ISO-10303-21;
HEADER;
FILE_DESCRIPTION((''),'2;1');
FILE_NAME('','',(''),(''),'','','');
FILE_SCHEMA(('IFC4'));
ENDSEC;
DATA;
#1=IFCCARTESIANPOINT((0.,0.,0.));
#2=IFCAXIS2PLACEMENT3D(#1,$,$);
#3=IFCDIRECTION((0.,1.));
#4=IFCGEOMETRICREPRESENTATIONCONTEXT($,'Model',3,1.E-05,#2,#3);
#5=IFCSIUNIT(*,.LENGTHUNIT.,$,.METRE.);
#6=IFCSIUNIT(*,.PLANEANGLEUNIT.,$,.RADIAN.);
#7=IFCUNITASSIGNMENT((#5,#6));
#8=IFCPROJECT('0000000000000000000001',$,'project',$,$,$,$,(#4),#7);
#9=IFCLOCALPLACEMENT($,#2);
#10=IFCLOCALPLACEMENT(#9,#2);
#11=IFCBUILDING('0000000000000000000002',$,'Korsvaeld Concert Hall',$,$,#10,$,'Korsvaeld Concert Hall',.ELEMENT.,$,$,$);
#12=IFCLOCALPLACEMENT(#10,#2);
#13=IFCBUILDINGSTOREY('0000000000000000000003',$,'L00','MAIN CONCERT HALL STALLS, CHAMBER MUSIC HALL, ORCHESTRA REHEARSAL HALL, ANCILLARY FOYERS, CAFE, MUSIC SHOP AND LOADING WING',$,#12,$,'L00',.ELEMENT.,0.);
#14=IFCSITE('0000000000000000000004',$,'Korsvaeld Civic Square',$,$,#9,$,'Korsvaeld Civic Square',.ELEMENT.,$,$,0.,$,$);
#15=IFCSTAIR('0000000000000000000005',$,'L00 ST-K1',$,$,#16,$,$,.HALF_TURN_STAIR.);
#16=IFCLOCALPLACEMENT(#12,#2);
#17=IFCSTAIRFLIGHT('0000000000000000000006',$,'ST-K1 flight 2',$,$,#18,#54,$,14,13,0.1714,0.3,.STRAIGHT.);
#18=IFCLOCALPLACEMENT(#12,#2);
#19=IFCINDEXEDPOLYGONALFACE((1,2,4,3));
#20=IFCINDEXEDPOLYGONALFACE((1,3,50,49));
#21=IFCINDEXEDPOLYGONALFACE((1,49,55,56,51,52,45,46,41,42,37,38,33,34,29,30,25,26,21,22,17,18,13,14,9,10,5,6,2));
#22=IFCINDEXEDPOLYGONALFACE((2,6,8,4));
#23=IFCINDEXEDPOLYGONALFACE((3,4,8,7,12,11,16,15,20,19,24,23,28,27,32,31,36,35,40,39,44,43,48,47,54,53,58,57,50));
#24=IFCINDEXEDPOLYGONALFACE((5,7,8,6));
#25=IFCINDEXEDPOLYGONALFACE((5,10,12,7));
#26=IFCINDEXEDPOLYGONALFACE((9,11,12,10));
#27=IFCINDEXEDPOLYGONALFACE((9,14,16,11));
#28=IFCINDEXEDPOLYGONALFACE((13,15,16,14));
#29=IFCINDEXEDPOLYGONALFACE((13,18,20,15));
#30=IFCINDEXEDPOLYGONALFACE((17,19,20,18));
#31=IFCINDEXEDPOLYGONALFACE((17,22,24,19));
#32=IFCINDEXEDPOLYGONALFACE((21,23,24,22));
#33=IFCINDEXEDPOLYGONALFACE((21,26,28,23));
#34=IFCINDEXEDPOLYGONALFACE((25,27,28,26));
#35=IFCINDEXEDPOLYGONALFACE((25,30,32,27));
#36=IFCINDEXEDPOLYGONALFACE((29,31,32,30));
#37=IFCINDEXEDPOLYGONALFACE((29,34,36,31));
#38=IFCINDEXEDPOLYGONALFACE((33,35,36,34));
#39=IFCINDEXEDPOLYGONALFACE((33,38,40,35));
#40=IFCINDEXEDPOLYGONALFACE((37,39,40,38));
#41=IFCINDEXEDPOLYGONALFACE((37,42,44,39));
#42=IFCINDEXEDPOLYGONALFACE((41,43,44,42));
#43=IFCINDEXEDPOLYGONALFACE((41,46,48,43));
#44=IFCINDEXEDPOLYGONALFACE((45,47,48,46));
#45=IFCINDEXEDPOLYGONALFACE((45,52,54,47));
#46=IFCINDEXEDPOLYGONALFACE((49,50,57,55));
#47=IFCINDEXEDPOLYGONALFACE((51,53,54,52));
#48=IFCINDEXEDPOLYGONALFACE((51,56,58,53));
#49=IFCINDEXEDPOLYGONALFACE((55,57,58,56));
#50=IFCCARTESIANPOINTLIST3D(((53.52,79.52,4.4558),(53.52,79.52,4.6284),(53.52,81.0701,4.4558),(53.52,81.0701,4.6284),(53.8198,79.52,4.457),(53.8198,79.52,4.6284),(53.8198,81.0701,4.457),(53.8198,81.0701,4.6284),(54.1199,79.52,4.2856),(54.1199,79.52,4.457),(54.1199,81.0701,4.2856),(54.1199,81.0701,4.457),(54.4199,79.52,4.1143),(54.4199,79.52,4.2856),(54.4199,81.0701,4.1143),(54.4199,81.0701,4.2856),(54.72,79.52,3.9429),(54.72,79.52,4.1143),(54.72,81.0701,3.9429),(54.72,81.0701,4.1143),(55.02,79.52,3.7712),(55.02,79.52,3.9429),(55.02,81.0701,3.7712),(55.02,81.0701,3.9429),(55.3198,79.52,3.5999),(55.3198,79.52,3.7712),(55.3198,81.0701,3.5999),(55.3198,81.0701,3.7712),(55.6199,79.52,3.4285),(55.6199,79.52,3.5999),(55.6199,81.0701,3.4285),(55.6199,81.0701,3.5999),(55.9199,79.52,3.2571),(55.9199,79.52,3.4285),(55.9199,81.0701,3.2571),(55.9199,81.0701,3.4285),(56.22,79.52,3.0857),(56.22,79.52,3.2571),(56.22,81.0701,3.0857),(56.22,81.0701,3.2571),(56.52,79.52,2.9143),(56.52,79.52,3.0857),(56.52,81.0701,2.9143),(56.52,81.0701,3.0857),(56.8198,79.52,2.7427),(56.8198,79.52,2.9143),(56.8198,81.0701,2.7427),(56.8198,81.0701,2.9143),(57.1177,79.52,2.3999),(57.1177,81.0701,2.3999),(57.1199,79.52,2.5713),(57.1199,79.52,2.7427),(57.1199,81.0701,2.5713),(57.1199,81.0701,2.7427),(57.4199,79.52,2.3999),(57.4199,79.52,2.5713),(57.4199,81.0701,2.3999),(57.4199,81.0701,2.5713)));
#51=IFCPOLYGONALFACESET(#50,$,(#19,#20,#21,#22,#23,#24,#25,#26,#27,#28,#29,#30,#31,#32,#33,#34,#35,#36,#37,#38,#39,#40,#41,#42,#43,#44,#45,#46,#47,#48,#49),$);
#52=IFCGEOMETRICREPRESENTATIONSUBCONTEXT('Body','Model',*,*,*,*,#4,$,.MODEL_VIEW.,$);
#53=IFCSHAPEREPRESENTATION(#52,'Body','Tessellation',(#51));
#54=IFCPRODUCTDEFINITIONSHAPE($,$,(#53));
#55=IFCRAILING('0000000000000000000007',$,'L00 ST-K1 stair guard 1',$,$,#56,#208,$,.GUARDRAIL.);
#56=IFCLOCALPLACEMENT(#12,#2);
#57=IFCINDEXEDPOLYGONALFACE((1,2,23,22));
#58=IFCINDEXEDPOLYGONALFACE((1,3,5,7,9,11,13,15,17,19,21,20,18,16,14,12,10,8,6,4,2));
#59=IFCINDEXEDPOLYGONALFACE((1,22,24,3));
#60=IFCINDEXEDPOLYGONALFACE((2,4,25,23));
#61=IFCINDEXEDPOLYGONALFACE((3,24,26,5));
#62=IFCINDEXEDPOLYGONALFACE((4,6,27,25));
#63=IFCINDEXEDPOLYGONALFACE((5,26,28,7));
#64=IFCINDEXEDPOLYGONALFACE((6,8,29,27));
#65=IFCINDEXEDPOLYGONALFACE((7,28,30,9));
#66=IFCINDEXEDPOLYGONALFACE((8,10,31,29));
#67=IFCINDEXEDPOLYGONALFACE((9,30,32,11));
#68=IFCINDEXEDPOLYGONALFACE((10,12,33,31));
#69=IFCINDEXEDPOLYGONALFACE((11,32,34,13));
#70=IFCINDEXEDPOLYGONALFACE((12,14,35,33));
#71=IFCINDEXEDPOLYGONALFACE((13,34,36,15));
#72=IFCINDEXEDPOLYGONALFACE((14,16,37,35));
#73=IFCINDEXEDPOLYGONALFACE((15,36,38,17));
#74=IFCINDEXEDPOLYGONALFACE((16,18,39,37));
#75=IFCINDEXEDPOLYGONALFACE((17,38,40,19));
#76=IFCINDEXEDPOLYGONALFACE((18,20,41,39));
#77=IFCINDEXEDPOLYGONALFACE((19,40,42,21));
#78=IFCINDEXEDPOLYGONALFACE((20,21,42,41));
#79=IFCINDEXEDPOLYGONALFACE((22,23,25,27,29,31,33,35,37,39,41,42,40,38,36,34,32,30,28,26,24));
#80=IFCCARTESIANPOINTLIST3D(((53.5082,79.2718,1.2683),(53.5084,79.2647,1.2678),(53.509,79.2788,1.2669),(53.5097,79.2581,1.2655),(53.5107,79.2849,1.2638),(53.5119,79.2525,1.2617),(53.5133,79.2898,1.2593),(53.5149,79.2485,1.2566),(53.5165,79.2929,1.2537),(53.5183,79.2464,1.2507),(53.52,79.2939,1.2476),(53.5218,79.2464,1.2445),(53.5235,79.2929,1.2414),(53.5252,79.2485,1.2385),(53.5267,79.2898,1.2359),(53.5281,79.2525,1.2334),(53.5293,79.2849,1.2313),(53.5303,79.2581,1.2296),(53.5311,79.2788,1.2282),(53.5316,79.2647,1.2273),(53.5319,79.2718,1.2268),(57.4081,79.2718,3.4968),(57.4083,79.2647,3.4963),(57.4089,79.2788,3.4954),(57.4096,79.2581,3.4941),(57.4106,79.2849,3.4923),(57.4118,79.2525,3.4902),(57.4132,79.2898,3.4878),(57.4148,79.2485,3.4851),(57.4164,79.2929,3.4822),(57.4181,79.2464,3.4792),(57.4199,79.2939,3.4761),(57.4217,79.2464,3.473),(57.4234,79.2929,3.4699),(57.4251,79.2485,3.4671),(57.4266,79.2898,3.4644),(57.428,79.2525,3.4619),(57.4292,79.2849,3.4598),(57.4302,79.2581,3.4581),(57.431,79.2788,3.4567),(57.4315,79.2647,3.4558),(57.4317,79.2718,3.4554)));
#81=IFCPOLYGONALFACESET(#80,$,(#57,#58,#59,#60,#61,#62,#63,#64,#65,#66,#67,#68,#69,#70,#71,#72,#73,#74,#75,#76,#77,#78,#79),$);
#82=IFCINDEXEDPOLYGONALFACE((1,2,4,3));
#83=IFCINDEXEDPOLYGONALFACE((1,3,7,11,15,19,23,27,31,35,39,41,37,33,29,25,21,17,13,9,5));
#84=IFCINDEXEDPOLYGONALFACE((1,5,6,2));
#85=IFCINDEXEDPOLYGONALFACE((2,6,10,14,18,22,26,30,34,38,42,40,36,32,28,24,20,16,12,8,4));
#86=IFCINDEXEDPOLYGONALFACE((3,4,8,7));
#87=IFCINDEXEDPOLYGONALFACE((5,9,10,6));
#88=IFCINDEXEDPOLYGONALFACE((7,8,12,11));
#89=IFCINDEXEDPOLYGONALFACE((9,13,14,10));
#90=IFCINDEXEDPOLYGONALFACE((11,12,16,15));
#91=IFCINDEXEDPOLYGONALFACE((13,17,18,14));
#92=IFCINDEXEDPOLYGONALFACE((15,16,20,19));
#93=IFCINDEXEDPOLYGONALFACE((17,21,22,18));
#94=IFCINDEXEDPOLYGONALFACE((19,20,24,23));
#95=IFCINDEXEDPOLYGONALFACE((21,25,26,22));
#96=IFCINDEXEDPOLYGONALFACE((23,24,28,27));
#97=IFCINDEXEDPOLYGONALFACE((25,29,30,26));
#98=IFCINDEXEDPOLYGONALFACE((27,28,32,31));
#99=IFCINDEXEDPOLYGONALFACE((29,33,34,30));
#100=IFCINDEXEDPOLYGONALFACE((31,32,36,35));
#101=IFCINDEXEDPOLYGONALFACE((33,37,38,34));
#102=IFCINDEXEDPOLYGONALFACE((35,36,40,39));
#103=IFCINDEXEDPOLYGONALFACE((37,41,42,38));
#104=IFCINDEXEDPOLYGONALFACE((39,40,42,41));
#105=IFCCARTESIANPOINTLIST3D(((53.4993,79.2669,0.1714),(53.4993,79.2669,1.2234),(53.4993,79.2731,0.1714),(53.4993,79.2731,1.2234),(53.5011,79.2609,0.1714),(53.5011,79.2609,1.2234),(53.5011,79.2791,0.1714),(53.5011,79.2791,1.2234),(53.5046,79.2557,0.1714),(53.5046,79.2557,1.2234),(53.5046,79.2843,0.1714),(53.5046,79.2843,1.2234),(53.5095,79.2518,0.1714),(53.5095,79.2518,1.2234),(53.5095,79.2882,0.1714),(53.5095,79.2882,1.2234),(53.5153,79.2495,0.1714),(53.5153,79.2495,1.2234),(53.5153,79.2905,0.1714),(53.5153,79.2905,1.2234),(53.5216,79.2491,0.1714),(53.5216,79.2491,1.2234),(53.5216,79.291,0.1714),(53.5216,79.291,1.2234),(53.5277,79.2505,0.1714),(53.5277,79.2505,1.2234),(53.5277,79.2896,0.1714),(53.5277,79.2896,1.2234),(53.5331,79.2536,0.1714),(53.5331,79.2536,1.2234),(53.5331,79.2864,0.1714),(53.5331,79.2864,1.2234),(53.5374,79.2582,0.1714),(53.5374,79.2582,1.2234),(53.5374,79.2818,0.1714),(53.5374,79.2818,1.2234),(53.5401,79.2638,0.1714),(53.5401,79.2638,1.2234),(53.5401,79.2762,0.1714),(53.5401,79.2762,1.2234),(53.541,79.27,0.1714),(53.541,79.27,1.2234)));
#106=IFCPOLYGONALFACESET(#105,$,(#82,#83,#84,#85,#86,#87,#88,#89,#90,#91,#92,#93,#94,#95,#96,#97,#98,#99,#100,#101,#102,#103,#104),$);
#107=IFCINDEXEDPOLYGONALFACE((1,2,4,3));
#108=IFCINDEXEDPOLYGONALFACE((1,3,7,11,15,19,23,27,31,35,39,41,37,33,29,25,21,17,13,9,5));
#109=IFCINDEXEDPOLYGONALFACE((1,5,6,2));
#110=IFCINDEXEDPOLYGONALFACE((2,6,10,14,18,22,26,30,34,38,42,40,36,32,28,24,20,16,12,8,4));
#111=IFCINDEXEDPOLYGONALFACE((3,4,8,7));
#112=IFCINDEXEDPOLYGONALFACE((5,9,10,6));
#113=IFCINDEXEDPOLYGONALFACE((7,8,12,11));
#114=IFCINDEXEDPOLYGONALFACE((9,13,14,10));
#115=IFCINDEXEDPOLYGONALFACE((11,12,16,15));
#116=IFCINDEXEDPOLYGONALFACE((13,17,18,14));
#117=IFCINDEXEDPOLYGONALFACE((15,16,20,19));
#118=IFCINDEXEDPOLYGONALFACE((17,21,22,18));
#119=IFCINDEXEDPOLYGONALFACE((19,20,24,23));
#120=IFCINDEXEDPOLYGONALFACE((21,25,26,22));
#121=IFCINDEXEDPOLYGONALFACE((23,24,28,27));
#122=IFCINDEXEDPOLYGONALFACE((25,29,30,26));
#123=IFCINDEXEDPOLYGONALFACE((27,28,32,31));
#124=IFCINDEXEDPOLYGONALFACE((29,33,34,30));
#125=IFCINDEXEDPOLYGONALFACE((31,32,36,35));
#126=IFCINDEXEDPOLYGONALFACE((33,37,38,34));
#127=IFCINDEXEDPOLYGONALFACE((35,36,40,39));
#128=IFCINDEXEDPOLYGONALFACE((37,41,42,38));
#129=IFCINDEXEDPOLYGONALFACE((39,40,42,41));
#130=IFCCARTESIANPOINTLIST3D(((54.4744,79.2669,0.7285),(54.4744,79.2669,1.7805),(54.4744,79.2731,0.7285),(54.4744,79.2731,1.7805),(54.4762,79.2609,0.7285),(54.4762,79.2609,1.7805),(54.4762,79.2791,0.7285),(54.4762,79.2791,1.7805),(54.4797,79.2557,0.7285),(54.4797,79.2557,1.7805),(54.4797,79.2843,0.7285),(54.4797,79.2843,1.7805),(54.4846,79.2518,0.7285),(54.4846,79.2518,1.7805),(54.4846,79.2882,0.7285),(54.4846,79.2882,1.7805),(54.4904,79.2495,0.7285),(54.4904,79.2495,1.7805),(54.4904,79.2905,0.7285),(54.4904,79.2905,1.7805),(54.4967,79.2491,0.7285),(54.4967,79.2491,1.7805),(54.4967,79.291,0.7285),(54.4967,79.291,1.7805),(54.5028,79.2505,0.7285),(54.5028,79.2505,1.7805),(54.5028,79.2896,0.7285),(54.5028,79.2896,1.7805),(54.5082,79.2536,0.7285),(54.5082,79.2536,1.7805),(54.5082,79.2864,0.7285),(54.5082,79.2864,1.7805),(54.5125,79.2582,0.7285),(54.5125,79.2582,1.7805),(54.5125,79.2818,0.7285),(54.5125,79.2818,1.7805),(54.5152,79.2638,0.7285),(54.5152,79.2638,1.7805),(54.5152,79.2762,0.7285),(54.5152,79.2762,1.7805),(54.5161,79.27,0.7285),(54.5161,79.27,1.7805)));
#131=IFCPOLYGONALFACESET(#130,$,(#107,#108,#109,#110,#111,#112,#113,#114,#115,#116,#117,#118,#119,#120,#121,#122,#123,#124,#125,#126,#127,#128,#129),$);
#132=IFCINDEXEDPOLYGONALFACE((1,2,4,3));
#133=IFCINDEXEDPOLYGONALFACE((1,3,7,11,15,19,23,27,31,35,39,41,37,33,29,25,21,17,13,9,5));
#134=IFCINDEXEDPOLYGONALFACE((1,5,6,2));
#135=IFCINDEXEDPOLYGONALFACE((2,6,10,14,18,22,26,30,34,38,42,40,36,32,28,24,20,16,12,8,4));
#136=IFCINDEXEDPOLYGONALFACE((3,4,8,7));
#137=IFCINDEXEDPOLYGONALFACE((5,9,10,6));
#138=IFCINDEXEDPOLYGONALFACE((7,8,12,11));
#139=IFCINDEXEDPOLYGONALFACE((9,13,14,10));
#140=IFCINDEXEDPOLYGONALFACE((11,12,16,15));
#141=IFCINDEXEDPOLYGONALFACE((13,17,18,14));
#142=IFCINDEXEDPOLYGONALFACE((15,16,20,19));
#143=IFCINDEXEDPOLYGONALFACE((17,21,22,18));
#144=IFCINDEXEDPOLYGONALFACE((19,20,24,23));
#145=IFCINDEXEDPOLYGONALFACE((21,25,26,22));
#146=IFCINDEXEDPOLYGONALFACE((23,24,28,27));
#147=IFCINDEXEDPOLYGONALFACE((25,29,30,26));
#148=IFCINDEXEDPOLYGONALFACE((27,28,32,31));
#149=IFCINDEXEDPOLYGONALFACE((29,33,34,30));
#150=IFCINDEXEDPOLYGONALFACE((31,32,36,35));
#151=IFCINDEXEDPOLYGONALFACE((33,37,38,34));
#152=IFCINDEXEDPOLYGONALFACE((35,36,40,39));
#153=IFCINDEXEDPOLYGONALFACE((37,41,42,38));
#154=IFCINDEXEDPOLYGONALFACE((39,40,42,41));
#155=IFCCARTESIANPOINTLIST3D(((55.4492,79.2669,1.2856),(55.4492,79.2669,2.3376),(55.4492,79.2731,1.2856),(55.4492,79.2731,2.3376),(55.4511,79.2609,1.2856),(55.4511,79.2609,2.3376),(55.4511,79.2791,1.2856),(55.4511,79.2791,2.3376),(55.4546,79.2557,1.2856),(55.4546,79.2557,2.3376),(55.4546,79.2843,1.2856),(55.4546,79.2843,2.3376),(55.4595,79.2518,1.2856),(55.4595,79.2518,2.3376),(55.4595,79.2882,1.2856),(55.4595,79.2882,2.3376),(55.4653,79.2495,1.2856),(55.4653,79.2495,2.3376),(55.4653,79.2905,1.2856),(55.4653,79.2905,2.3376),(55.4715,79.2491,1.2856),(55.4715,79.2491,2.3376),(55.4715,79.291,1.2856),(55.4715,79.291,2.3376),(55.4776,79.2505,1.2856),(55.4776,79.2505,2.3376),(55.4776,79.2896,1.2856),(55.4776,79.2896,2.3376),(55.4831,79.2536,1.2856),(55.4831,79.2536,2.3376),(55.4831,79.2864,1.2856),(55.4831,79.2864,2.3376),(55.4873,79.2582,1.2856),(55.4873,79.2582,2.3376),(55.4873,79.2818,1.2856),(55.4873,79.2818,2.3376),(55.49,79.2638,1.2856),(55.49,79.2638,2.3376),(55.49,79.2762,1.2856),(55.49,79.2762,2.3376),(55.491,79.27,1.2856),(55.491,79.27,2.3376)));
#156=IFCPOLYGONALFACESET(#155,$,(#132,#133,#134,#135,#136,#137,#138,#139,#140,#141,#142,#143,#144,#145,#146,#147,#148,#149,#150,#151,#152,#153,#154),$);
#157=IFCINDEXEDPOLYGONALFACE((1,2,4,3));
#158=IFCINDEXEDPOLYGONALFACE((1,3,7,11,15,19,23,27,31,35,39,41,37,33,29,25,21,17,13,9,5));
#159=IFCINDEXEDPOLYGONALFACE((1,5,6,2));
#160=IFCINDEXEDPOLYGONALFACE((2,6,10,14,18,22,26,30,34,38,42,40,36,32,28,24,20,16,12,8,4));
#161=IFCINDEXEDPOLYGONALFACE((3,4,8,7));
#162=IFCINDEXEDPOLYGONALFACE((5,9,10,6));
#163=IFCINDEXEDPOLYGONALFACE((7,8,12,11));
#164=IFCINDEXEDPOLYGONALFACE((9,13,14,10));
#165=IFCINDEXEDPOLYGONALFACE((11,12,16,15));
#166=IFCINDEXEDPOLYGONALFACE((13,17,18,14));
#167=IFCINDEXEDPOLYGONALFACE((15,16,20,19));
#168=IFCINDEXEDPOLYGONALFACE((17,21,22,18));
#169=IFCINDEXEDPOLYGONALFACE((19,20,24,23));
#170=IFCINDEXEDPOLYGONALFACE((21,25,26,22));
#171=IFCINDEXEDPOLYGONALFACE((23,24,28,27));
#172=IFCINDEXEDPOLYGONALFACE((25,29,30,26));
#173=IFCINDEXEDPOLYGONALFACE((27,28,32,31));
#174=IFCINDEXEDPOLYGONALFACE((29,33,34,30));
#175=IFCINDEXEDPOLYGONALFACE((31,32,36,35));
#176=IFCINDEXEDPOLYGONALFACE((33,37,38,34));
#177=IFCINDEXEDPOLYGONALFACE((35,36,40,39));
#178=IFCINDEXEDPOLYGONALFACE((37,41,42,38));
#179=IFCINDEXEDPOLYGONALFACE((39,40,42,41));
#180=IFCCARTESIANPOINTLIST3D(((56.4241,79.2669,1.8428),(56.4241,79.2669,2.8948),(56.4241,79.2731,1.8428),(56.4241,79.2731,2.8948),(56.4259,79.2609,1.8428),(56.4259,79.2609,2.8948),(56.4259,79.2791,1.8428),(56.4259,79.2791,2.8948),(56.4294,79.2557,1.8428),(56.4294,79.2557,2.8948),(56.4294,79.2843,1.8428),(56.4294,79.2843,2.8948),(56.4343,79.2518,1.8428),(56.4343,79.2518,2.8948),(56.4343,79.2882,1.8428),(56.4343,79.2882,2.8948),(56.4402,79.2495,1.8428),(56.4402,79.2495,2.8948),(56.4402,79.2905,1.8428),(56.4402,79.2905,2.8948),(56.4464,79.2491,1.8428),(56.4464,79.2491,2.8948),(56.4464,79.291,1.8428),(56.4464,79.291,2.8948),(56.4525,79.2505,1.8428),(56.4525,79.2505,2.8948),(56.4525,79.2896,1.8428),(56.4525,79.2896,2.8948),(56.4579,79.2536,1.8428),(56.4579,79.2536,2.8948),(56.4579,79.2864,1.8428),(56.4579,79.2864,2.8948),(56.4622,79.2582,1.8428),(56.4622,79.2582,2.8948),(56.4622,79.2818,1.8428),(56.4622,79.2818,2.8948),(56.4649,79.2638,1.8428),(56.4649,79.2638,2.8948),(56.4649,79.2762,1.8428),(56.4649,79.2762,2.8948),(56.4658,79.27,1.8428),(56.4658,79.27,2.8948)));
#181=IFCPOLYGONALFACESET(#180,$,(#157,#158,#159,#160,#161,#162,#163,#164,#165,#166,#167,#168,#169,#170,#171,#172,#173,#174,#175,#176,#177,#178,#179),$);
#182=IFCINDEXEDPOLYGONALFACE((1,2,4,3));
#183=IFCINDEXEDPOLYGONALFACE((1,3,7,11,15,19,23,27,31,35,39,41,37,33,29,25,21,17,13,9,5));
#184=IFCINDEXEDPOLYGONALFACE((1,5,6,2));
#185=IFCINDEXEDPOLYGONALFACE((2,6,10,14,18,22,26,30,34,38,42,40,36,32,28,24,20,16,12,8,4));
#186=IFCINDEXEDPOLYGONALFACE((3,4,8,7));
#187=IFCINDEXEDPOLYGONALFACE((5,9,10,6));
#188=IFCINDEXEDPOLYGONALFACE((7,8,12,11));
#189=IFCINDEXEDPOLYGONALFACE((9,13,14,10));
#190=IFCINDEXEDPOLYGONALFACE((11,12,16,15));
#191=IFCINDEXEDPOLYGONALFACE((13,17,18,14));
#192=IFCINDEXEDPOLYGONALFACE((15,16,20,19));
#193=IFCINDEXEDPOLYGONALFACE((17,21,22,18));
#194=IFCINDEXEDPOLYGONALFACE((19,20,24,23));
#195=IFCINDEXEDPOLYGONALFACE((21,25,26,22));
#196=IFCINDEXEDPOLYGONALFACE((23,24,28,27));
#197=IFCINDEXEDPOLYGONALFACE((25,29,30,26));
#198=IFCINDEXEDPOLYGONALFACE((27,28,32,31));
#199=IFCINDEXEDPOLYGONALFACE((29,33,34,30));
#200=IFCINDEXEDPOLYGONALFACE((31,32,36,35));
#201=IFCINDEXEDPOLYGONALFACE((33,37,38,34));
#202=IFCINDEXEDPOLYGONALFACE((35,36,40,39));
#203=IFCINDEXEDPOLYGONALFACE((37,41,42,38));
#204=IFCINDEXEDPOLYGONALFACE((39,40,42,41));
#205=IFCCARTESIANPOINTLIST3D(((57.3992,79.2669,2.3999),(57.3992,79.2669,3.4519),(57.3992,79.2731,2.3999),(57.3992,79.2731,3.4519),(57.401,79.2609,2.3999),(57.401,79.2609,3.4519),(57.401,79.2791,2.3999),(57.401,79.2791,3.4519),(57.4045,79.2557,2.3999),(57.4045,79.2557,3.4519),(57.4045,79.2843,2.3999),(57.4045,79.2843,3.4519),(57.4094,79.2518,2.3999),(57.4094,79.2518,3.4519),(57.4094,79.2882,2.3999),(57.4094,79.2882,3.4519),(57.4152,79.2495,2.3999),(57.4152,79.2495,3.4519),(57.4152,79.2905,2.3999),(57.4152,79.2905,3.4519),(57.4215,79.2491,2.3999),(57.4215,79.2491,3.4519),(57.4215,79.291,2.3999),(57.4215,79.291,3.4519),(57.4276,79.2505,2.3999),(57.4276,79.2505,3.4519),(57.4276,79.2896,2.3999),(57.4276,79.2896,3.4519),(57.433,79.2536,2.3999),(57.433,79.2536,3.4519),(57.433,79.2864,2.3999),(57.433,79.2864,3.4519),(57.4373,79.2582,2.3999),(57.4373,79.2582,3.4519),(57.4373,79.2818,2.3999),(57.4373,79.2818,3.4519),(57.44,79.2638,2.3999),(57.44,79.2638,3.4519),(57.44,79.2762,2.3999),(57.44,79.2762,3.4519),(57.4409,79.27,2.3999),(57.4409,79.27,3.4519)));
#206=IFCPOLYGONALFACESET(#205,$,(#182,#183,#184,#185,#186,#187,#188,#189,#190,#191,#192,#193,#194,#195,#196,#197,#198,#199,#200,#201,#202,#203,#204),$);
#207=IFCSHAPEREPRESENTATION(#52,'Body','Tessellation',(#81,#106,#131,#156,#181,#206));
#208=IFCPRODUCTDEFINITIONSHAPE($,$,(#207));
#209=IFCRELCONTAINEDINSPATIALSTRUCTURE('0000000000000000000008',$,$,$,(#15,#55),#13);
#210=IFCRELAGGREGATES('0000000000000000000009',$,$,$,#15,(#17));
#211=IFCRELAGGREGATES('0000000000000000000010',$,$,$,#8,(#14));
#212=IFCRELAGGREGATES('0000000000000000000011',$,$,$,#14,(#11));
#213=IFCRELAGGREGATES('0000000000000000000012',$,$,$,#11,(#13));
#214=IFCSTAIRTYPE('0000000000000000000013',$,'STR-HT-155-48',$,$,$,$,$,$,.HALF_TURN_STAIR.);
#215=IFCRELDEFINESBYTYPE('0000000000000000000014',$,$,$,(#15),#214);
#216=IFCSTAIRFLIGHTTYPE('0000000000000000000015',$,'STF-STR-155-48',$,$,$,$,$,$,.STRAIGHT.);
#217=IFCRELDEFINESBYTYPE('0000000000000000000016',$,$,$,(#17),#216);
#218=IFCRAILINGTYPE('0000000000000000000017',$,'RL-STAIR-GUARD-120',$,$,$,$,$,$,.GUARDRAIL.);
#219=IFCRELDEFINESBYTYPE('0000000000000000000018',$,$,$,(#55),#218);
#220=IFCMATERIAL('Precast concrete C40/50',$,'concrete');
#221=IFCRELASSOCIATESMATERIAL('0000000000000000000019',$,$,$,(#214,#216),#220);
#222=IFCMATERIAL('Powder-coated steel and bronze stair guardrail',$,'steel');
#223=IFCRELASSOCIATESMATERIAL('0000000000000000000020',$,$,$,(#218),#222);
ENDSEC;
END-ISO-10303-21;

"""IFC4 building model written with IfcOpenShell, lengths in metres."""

from ifc_helpers import new_model, si_unit, direction, frame, origin, origin_2d, place, context, subcontext, project, spatial, polyline, circle, outline, extrude, material, type_object, element, aggregate, save


model = new_model("IFC4")

# Units and contexts
model_context = context("Model", 3, precision=1e-05, world=origin(), true_north=direction((0.0, 1.0)))
body_context = subcontext(model_context, "Body", "Model", "MODEL_VIEW")
ifc_project = project(units=[si_unit("LENGTHUNIT", "METRE"), si_unit("PLANEANGLEUNIT", "RADIAN")], contexts=[model_context])

# Site, building, storey
site_placement = place(None, origin())
site = spatial("IfcSite", under=ifc_project, at=site_placement, Name="Korsvaeld Civic Square", LongName="Korsvaeld Civic Square", CompositionType="ELEMENT", RefElevation=0.0)
building_placement = place(site_placement, origin())
building = spatial("IfcBuilding", under=site, at=building_placement, Name="Korsvaeld Concert Hall", LongName="Korsvaeld Concert Hall", CompositionType="ELEMENT")
storey_placement = place(building_placement, origin())
storey = spatial("IfcBuildingStorey", under=building, at=storey_placement, Name="L00", Description="MAIN CONCERT HALL STALLS, CHAMBER MUSIC HALL, ORCHESTRA REHEARSAL HALL, ANCILLARY FOYERS, CAFE, MUSIC SHOP AND LOADING WING", LongName="L00", CompositionType="ELEMENT", Elevation=0.0)

# Stair, stair flight
ifc_material_1 = material(Name="Precast concrete C40/50", Category="concrete")
stair_type = type_object("IfcStairType", Name="STR-HT-155-48", PredefinedType="HALF_TURN_STAIR", material=ifc_material_1)
stair_placement = place(storey_placement, origin())
stair = element("IfcStair", 1, at=stair_placement, inside=storey, type_object=stair_type, Name="L00 ST-K1", PredefinedType="HALF_TURN_STAIR")
stair_flight_type = type_object("IfcStairFlightType", Name="STF-STR-155-48", PredefinedType="STRAIGHT", material=ifc_material_1)
stair_flight_1_placement = place(storey_placement, frame((57.4199, 80.2949, 2.3999), z_axis=(0.0, 0.0, 1.0), x_axis=(-1.0, 0.0, 0.0)))
stair_flight_1 = element("IfcStairFlight", 2, at=stair_flight_1_placement, type_object=stair_flight_type, Name="ST-K1 flight 2", NumberOfRisers=14, NumberOfTreads=13, PredefinedType="STRAIGHT", RiserHeight=0.1714, TreadLength=0.3, context=body_context, shape_type="SweptSolid", body=[
    extrude(outline(polyline([(0.0, 0.0), (0.0, 0.1714), (0.3, 0.1714), (0.3, 0.3428), (0.6001, 0.3428), (0.6001, 0.5144), (0.8999, 0.5144), (0.8999, 0.6858), (1.2, 0.6858), (1.2, 0.8572), (1.5, 0.8572), (1.5, 1.0286), (1.8, 1.0286), (1.8, 1.2), (2.1001, 1.2), (2.1001, 1.3713), (2.3999, 1.3713), (2.3999, 1.543), (2.7, 1.543), (2.7, 1.7144), (3.0, 1.7144), (3.0, 1.8857), (3.3, 1.8857), (3.3, 2.0571), (3.6001, 2.0571), (3.6001, 2.2285), (3.8999, 2.2285), (3.8999, 2.3999), (3.8999, 2.0559), (0.3022, 0.0), (0.0, 0.0)])), frame((0.0, 0.7749, 0.0), z_axis=(0.0, -1.0, 0.0), x_axis=(1.0, 0.0, 0.0)), (0.0, 0.0, 1.0), 1.55),
])
aggregate(stair, [stair_flight_1])

# Railing
ifc_material_2 = material(Name="Powder-coated steel and bronze stair guardrail", Category="steel")
railing_type_1 = type_object("IfcRailingType", Name="RL-STAIR-GUARD-120", PredefinedType="GUARDRAIL", material=ifc_material_2)
railing_1_placement = place(storey_placement, frame((53.52, 79.27, 0.1714)))
element("IfcRailing", 3, at=railing_1_placement, inside=storey, type_object=railing_type_1, Name="L00 ST-K1 stair guard 1", PredefinedType="GUARDRAIL", context=body_context, shape_type="SweptSolid", body=[
    extrude(circle(Radius=0.0239, at=origin_2d()), frame((0.0, 0.0, 1.0762), z_axis=(0.868243, 0.0, 0.496139), x_axis=(0.0, 1.0, 0.0)), (0.0, 0.0, 1.0), 4.4917),
    extrude(circle(Radius=0.021, at=origin_2d()), origin(), (0.0, 0.0, 1.0), 1.052),
    extrude(circle(Radius=0.021, at=origin_2d()), frame((0.9751, 0.0, 0.5571)), (0.0, 0.0, 1.0), 1.052),
    extrude(circle(Radius=0.021, at=origin_2d()), frame((1.95, 0.0, 1.1143)), (0.0, 0.0, 1.0), 1.052),
    extrude(circle(Radius=0.021, at=origin_2d()), frame((2.9248, 0.0, 1.6714)), (0.0, 0.0, 1.0), 1.052),
    extrude(circle(Radius=0.021, at=origin_2d()), frame((3.8999, 0.0, 2.2285)), (0.0, 0.0, 1.0), 1.052),
])

save(model, "model.ifc")
